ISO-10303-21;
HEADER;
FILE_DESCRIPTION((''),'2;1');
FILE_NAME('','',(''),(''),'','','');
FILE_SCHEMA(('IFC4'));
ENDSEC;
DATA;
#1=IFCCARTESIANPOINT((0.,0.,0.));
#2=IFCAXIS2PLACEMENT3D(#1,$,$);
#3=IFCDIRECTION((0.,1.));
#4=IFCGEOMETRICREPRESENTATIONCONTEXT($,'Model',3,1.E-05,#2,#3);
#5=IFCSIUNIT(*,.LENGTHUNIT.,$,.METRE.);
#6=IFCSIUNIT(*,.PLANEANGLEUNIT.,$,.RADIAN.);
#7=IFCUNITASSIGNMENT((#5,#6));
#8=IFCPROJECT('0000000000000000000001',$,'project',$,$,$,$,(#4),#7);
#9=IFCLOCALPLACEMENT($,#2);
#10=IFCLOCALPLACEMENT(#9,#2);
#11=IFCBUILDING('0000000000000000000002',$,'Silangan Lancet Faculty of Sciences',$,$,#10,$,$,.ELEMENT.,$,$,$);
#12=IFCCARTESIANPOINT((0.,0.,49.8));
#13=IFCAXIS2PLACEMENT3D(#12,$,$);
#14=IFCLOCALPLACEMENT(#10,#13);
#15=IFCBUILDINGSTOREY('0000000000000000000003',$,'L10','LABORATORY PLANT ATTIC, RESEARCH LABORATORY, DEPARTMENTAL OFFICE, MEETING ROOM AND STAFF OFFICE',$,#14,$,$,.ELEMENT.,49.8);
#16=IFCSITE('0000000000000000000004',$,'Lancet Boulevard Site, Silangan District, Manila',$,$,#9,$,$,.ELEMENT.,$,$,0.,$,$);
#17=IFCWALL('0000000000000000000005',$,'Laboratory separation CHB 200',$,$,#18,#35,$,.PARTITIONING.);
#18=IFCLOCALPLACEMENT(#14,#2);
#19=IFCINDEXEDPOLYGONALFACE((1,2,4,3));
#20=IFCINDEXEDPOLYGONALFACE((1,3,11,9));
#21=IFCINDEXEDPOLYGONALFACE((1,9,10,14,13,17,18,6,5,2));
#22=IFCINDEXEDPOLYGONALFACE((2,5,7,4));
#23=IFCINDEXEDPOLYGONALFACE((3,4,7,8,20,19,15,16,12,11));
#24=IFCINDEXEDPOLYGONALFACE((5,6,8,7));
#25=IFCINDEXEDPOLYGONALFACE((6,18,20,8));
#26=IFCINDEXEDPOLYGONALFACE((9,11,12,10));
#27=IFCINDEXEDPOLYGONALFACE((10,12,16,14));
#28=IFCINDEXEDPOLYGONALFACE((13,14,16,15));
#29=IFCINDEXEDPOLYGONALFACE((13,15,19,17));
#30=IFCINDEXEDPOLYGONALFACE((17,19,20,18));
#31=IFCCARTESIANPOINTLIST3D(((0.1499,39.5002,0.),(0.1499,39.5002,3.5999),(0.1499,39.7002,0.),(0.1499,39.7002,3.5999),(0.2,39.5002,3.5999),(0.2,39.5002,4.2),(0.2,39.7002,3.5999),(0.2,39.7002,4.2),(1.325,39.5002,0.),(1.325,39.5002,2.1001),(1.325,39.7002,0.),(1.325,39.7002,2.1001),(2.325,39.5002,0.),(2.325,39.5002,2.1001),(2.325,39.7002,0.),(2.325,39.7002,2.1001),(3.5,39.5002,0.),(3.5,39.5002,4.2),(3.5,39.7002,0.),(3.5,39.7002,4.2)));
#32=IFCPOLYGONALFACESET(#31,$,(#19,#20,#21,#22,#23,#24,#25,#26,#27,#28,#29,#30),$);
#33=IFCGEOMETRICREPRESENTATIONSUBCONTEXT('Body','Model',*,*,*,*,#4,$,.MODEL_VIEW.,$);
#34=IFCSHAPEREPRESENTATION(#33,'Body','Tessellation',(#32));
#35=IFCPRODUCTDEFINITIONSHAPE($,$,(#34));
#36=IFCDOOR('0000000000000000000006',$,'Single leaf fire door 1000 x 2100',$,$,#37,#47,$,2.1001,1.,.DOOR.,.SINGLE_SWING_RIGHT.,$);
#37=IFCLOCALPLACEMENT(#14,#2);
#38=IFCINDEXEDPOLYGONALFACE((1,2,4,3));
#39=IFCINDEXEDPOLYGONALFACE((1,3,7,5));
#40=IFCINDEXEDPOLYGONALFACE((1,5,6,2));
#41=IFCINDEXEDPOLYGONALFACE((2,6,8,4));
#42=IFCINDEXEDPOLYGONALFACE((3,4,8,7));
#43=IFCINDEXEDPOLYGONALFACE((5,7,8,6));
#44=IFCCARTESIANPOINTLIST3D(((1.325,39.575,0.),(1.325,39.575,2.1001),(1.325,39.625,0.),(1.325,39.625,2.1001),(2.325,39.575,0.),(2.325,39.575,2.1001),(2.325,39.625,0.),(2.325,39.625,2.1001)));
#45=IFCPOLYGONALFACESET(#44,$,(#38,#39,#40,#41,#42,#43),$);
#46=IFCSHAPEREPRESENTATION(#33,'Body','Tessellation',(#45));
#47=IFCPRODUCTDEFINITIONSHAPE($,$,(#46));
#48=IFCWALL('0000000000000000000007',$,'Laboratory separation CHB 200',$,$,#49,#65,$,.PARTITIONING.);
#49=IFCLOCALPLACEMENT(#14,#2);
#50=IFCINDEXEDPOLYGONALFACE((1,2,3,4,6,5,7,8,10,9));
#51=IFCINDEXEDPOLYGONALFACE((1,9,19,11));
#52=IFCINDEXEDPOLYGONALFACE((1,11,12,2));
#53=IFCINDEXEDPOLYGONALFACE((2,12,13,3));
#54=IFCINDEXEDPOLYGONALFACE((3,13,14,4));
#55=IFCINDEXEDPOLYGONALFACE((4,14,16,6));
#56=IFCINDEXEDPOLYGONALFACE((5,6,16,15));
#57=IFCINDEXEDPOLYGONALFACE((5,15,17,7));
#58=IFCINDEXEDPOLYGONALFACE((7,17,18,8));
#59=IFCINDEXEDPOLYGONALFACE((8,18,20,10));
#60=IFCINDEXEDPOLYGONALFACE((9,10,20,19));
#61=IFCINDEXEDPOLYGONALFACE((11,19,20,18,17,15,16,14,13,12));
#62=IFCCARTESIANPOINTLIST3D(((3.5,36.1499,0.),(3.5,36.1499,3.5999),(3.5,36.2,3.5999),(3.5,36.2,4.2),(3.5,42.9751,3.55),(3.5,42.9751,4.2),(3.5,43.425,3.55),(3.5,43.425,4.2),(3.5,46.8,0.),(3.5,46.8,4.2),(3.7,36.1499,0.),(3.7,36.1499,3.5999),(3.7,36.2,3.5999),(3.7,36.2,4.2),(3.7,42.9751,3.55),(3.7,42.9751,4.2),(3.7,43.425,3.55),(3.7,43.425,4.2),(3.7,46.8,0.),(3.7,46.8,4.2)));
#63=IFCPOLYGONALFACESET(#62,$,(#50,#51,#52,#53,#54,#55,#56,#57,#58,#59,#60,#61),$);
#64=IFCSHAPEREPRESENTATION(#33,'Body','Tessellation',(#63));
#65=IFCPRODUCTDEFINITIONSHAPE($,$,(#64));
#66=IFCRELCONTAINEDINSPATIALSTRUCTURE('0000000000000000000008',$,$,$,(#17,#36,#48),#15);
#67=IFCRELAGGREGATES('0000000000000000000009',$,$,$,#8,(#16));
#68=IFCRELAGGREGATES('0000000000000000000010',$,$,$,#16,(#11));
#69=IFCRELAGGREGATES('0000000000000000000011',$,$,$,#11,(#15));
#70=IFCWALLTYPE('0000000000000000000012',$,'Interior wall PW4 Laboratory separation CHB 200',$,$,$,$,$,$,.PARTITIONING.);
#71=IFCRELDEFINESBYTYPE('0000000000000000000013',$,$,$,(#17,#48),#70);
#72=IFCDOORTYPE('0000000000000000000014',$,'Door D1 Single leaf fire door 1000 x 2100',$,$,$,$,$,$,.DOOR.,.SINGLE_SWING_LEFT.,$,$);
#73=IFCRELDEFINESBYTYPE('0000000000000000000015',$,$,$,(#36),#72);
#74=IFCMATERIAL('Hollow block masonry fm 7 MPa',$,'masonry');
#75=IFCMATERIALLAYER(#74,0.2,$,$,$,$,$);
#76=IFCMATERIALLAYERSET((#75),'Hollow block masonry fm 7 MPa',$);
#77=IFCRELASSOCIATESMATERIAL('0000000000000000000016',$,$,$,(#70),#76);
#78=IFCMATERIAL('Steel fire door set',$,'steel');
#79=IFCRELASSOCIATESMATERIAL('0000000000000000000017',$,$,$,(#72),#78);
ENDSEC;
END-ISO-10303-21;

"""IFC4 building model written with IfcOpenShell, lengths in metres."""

from ifc_helpers import new_model, si_unit, direction, frame, frame_2d, origin, place, context, subcontext, project, spatial, polyline, rectangle, outline, extrude, material, layer, layer_set, type_object, element, fill, save


model = new_model("IFC4")

# Units and contexts
model_context = context("Model", 3, precision=1e-05, world=origin(), true_north=direction((0.0, 1.0)))
body_context = subcontext(model_context, "Body", "Model", "MODEL_VIEW")
ifc_project = project(units=[si_unit("LENGTHUNIT", "METRE"), si_unit("PLANEANGLEUNIT", "RADIAN")], contexts=[model_context])

# Site, building, storey
site_placement = place(None, origin())
site = spatial("IfcSite", under=ifc_project, at=site_placement, Name="Lancet Boulevard Site, Silangan District, Manila", CompositionType="ELEMENT", RefElevation=0.0)
building_placement = place(site_placement, origin())
building = spatial("IfcBuilding", under=site, at=building_placement, Name="Silangan Lancet Faculty of Sciences", CompositionType="ELEMENT")
storey_placement = place(building_placement, frame((0.0, 0.0, 49.8)))
storey = spatial("IfcBuildingStorey", under=building, at=storey_placement, Name="L10", Description="LABORATORY PLANT ATTIC, RESEARCH LABORATORY, DEPARTMENTAL OFFICE, MEETING ROOM AND STAFF OFFICE", CompositionType="ELEMENT", Elevation=49.8)

# Wall, opening, door
ifc_material_1 = material(Name="Hollow block masonry fm 7 MPa", Category="masonry")
ifc_layer_1 = layer(ifc_material_1, 0.2)
ifc_layer_set_1 = layer_set([ifc_layer_1], Name="Hollow block masonry fm 7 MPa")
wall_type_1 = type_object("IfcWallType", Name="Interior wall PW4 Laboratory separation CHB 200", PredefinedType="PARTITIONING", material=ifc_layer_set_1)
wall_1_placement = place(storey_placement, frame((0.1499, 39.6001, 0.0), z_axis=(0.0, 0.0, 1.0), x_axis=(1.0, 0.0, 0.0)))
wall_1 = element("IfcWall", 1, at=wall_1_placement, inside=storey, type_object=wall_type_1, Name="Laboratory separation CHB 200", PredefinedType="PARTITIONING", context=body_context, shape_type="SweptSolid", body=[
    extrude(outline(polyline([(0.0, 0.0), (3.3501, 0.0), (3.3501, 4.2), (0.05, 4.2), (0.05, 3.5999), (0.0, 3.5999), (0.0, 0.0)])), frame((0.0, 0.1001, 0.0), z_axis=(0.0, -1.0, 0.0), x_axis=(1.0, 0.0, 0.0)), (0.0, 0.0, 1.0), 0.2),
])
opening_1_placement = place(wall_1_placement, frame((1.175, 0.0, 0.0)))
opening_1 = element("IfcOpeningElement", 2, at=opening_1_placement, cuts=wall_1, PredefinedType="OPENING", context=body_context, shape_type="SweptSolid", body=[
    extrude(rectangle(XDim=1.0, YDim=2.1001, at=frame_2d((0.5, 1.05))), frame((0.0, 0.1099, 0.0), z_axis=(0.0, -1.0, 0.0), x_axis=(1.0, 0.0, 0.0)), (0.0, 0.0, 1.0), 0.22),
])
ifc_material_2 = material(Name="Steel fire door set", Category="steel")
door_type = type_object("IfcDoorType", Name="Door D1 Single leaf fire door 1000 x 2100", OperationType="SINGLE_SWING_LEFT", PredefinedType="DOOR", material=ifc_material_2)
door_placement = place(opening_1_placement, frame((1.0, 0.0, 0.0), z_axis=(0.0, 0.0, 1.0), x_axis=(-1.0, 0.0, 0.0)))
door = element("IfcDoor", 3, at=door_placement, inside=storey, type_object=door_type, Name="Single leaf fire door 1000 x 2100", OperationType="SINGLE_SWING_RIGHT", OverallHeight=2.1001, OverallWidth=1.0, PredefinedType="DOOR", context=body_context, shape_type="SweptSolid", body=[
    extrude(rectangle(XDim=1.0, YDim=2.1001, at=frame_2d((0.5, 1.05))), frame((0.0, 0.0251, 0.0), z_axis=(0.0, -1.0, 0.0), x_axis=(1.0, 0.0, 0.0)), (0.0, 0.0, 1.0), 0.05),
])
fill(opening_1, door)

# Wall
wall_2_placement = place(storey_placement, frame((3.6001, 36.1499, 0.0), z_axis=(0.0, 0.0, 1.0), x_axis=(0.0, 1.0, 0.0)))
element("IfcWall", 4, at=wall_2_placement, inside=storey, type_object=wall_type_1, Name="Laboratory separation CHB 200", PredefinedType="PARTITIONING", context=body_context, shape_type="SweptSolid", body=[
    extrude(outline(polyline([(0.0, 0.0), (10.6501, 0.0), (10.6501, 4.2), (7.2751, 4.2), (7.2751, 3.55), (6.8252, 3.55), (6.8252, 4.2), (0.05, 4.2), (0.05, 3.5999), (0.0, 3.5999), (0.0, 0.0)])), frame((0.0, 0.1001, 0.0), z_axis=(0.0, -1.0, 0.0), x_axis=(1.0, 0.0, 0.0)), (0.0, 0.0, 1.0), 0.2),
])

save(model, "model.ifc")
